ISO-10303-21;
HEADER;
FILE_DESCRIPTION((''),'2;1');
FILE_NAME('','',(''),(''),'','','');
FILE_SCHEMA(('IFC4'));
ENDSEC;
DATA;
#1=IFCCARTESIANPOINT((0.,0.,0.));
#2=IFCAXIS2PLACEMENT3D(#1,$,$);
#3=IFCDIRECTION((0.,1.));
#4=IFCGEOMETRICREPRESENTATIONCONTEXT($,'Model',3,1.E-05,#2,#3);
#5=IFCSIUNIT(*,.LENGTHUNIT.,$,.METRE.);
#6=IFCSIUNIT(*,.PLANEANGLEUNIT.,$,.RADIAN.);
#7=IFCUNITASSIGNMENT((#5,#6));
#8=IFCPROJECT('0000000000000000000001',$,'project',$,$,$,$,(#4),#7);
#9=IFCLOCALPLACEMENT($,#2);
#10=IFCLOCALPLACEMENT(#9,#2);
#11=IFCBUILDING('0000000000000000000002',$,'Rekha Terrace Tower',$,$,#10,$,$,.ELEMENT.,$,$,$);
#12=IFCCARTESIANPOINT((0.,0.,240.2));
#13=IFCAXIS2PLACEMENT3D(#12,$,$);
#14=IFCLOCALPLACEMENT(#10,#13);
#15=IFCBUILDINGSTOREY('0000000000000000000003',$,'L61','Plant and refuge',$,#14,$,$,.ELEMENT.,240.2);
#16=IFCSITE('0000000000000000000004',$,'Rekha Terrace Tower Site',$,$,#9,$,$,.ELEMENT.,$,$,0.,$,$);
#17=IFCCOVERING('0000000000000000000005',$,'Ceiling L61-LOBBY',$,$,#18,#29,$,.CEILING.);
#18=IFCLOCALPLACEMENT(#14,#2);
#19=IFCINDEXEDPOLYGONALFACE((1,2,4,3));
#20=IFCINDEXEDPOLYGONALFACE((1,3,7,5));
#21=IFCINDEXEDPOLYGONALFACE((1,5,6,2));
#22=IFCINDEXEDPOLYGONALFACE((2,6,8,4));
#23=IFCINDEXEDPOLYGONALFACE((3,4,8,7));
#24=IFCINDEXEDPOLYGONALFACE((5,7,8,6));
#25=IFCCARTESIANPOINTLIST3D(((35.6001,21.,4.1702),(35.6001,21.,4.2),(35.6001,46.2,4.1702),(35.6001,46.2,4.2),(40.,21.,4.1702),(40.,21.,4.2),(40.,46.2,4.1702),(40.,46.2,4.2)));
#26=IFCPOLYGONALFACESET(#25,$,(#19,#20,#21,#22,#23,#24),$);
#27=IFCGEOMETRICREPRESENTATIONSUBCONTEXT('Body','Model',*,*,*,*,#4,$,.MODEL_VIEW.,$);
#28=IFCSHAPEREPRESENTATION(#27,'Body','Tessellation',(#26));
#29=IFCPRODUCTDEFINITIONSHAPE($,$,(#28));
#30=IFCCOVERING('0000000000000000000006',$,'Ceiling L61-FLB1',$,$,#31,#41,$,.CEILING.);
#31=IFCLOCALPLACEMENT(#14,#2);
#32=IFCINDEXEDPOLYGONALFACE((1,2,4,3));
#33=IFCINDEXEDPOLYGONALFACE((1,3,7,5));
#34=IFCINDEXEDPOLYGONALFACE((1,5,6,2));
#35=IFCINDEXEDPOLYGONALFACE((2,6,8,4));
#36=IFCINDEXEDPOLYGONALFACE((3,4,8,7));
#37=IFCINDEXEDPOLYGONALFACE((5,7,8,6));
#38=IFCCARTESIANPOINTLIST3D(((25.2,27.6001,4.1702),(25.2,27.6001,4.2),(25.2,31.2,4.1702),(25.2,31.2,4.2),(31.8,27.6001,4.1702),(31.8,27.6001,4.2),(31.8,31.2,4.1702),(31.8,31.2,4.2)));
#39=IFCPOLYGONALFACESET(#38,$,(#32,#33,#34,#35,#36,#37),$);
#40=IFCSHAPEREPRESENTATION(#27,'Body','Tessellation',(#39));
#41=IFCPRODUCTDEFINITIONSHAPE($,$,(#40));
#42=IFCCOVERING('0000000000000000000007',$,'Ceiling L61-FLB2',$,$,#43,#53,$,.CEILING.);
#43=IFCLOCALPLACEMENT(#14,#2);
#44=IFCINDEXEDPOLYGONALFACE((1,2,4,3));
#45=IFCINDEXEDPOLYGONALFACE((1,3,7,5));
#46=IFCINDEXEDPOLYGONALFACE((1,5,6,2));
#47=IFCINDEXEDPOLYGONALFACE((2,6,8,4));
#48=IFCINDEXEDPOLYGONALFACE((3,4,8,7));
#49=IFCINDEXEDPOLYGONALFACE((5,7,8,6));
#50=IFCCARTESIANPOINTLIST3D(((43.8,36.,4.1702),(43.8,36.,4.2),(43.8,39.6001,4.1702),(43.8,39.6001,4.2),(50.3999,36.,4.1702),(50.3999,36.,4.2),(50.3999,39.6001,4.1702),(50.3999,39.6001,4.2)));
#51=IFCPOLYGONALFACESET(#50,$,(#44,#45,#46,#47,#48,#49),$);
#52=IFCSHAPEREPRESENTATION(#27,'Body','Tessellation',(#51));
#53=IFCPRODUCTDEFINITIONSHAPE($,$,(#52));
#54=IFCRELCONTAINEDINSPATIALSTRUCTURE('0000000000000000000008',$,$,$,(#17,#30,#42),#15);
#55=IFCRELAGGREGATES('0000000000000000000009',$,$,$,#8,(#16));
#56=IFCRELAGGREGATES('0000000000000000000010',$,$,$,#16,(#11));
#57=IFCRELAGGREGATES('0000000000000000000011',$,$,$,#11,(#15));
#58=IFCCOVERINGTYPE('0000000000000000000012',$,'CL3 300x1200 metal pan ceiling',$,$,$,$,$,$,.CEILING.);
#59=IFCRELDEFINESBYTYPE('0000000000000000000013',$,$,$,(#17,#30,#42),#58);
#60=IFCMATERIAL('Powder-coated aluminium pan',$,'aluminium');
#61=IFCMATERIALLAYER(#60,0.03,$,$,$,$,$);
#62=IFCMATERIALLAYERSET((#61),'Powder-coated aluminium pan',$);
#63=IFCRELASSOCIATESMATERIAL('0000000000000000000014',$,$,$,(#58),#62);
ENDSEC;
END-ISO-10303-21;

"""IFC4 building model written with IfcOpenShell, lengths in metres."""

from ifc_helpers import new_model, si_unit, direction, frame, origin, place, context, subcontext, project, spatial, polyline, outline, extrude, material, layer, layer_set, type_object, element, save


model = new_model("IFC4")

# Units and contexts
model_context = context("Model", 3, precision=1e-05, world=origin(), true_north=direction((0.0, 1.0)))
body_context = subcontext(model_context, "Body", "Model", "MODEL_VIEW")
ifc_project = project(units=[si_unit("LENGTHUNIT", "METRE"), si_unit("PLANEANGLEUNIT", "RADIAN")], contexts=[model_context])

# Site, building, storey
site_placement = place(None, origin())
site = spatial("IfcSite", under=ifc_project, at=site_placement, Name="Rekha Terrace Tower Site", CompositionType="ELEMENT", RefElevation=0.0)
building_placement = place(site_placement, origin())
building = spatial("IfcBuilding", under=site, at=building_placement, Name="Rekha Terrace Tower", CompositionType="ELEMENT")
storey_placement = place(building_placement, frame((0.0, 0.0, 240.2)))
storey = spatial("IfcBuildingStorey", under=building, at=storey_placement, Name="L61", Description="Plant and refuge", CompositionType="ELEMENT", Elevation=240.2)

# Coverings
ifc_material_1 = material(Name="Powder-coated aluminium pan", Category="aluminium")
ifc_layer_1 = layer(ifc_material_1, 0.03)
ifc_layer_set_1 = layer_set([ifc_layer_1], Name="Powder-coated aluminium pan")
covering_type = type_object("IfcCoveringType", Name="CL3 300x1200 metal pan ceiling", PredefinedType="CEILING", material=ifc_layer_set_1)
covering_1_placement = place(storey_placement, frame((0.0, 0.0, 4.1702)))
element("IfcCovering", 1, at=covering_1_placement, inside=storey, type_object=covering_type, Name="Ceiling L61-LOBBY", PredefinedType="CEILING", context=body_context, shape_type="SweptSolid", body=[
    extrude(outline(polyline([(40.0, 46.2), (35.6001, 46.2), (35.6001, 21.0), (40.0, 21.0), (40.0, 46.2)])), origin(), (0.0, 0.0, 1.0), 0.0298),
])
covering_2_placement = place(storey_placement, frame((0.0, 0.0, 4.1702)))
element("IfcCovering", 2, at=covering_2_placement, inside=storey, type_object=covering_type, Name="Ceiling L61-FLB1", PredefinedType="CEILING", context=body_context, shape_type="SweptSolid", body=[
    extrude(outline(polyline([(31.8, 31.2), (25.2, 31.2), (25.2, 27.6001), (31.8, 27.6001), (31.8, 31.2)])), origin(), (0.0, 0.0, 1.0), 0.0298),
])
covering_3_placement = place(storey_placement, frame((0.0, 0.0, 4.1702)))
element("IfcCovering", 3, at=covering_3_placement, inside=storey, type_object=covering_type, Name="Ceiling L61-FLB2", PredefinedType="CEILING", context=body_context, shape_type="SweptSolid", body=[
    extrude(outline(polyline([(50.3999, 39.6001), (43.8, 39.6001), (43.8, 36.0), (50.3999, 36.0), (50.3999, 39.6001)])), origin(), (0.0, 0.0, 1.0), 0.0298),
])

save(model, "model.ifc")
